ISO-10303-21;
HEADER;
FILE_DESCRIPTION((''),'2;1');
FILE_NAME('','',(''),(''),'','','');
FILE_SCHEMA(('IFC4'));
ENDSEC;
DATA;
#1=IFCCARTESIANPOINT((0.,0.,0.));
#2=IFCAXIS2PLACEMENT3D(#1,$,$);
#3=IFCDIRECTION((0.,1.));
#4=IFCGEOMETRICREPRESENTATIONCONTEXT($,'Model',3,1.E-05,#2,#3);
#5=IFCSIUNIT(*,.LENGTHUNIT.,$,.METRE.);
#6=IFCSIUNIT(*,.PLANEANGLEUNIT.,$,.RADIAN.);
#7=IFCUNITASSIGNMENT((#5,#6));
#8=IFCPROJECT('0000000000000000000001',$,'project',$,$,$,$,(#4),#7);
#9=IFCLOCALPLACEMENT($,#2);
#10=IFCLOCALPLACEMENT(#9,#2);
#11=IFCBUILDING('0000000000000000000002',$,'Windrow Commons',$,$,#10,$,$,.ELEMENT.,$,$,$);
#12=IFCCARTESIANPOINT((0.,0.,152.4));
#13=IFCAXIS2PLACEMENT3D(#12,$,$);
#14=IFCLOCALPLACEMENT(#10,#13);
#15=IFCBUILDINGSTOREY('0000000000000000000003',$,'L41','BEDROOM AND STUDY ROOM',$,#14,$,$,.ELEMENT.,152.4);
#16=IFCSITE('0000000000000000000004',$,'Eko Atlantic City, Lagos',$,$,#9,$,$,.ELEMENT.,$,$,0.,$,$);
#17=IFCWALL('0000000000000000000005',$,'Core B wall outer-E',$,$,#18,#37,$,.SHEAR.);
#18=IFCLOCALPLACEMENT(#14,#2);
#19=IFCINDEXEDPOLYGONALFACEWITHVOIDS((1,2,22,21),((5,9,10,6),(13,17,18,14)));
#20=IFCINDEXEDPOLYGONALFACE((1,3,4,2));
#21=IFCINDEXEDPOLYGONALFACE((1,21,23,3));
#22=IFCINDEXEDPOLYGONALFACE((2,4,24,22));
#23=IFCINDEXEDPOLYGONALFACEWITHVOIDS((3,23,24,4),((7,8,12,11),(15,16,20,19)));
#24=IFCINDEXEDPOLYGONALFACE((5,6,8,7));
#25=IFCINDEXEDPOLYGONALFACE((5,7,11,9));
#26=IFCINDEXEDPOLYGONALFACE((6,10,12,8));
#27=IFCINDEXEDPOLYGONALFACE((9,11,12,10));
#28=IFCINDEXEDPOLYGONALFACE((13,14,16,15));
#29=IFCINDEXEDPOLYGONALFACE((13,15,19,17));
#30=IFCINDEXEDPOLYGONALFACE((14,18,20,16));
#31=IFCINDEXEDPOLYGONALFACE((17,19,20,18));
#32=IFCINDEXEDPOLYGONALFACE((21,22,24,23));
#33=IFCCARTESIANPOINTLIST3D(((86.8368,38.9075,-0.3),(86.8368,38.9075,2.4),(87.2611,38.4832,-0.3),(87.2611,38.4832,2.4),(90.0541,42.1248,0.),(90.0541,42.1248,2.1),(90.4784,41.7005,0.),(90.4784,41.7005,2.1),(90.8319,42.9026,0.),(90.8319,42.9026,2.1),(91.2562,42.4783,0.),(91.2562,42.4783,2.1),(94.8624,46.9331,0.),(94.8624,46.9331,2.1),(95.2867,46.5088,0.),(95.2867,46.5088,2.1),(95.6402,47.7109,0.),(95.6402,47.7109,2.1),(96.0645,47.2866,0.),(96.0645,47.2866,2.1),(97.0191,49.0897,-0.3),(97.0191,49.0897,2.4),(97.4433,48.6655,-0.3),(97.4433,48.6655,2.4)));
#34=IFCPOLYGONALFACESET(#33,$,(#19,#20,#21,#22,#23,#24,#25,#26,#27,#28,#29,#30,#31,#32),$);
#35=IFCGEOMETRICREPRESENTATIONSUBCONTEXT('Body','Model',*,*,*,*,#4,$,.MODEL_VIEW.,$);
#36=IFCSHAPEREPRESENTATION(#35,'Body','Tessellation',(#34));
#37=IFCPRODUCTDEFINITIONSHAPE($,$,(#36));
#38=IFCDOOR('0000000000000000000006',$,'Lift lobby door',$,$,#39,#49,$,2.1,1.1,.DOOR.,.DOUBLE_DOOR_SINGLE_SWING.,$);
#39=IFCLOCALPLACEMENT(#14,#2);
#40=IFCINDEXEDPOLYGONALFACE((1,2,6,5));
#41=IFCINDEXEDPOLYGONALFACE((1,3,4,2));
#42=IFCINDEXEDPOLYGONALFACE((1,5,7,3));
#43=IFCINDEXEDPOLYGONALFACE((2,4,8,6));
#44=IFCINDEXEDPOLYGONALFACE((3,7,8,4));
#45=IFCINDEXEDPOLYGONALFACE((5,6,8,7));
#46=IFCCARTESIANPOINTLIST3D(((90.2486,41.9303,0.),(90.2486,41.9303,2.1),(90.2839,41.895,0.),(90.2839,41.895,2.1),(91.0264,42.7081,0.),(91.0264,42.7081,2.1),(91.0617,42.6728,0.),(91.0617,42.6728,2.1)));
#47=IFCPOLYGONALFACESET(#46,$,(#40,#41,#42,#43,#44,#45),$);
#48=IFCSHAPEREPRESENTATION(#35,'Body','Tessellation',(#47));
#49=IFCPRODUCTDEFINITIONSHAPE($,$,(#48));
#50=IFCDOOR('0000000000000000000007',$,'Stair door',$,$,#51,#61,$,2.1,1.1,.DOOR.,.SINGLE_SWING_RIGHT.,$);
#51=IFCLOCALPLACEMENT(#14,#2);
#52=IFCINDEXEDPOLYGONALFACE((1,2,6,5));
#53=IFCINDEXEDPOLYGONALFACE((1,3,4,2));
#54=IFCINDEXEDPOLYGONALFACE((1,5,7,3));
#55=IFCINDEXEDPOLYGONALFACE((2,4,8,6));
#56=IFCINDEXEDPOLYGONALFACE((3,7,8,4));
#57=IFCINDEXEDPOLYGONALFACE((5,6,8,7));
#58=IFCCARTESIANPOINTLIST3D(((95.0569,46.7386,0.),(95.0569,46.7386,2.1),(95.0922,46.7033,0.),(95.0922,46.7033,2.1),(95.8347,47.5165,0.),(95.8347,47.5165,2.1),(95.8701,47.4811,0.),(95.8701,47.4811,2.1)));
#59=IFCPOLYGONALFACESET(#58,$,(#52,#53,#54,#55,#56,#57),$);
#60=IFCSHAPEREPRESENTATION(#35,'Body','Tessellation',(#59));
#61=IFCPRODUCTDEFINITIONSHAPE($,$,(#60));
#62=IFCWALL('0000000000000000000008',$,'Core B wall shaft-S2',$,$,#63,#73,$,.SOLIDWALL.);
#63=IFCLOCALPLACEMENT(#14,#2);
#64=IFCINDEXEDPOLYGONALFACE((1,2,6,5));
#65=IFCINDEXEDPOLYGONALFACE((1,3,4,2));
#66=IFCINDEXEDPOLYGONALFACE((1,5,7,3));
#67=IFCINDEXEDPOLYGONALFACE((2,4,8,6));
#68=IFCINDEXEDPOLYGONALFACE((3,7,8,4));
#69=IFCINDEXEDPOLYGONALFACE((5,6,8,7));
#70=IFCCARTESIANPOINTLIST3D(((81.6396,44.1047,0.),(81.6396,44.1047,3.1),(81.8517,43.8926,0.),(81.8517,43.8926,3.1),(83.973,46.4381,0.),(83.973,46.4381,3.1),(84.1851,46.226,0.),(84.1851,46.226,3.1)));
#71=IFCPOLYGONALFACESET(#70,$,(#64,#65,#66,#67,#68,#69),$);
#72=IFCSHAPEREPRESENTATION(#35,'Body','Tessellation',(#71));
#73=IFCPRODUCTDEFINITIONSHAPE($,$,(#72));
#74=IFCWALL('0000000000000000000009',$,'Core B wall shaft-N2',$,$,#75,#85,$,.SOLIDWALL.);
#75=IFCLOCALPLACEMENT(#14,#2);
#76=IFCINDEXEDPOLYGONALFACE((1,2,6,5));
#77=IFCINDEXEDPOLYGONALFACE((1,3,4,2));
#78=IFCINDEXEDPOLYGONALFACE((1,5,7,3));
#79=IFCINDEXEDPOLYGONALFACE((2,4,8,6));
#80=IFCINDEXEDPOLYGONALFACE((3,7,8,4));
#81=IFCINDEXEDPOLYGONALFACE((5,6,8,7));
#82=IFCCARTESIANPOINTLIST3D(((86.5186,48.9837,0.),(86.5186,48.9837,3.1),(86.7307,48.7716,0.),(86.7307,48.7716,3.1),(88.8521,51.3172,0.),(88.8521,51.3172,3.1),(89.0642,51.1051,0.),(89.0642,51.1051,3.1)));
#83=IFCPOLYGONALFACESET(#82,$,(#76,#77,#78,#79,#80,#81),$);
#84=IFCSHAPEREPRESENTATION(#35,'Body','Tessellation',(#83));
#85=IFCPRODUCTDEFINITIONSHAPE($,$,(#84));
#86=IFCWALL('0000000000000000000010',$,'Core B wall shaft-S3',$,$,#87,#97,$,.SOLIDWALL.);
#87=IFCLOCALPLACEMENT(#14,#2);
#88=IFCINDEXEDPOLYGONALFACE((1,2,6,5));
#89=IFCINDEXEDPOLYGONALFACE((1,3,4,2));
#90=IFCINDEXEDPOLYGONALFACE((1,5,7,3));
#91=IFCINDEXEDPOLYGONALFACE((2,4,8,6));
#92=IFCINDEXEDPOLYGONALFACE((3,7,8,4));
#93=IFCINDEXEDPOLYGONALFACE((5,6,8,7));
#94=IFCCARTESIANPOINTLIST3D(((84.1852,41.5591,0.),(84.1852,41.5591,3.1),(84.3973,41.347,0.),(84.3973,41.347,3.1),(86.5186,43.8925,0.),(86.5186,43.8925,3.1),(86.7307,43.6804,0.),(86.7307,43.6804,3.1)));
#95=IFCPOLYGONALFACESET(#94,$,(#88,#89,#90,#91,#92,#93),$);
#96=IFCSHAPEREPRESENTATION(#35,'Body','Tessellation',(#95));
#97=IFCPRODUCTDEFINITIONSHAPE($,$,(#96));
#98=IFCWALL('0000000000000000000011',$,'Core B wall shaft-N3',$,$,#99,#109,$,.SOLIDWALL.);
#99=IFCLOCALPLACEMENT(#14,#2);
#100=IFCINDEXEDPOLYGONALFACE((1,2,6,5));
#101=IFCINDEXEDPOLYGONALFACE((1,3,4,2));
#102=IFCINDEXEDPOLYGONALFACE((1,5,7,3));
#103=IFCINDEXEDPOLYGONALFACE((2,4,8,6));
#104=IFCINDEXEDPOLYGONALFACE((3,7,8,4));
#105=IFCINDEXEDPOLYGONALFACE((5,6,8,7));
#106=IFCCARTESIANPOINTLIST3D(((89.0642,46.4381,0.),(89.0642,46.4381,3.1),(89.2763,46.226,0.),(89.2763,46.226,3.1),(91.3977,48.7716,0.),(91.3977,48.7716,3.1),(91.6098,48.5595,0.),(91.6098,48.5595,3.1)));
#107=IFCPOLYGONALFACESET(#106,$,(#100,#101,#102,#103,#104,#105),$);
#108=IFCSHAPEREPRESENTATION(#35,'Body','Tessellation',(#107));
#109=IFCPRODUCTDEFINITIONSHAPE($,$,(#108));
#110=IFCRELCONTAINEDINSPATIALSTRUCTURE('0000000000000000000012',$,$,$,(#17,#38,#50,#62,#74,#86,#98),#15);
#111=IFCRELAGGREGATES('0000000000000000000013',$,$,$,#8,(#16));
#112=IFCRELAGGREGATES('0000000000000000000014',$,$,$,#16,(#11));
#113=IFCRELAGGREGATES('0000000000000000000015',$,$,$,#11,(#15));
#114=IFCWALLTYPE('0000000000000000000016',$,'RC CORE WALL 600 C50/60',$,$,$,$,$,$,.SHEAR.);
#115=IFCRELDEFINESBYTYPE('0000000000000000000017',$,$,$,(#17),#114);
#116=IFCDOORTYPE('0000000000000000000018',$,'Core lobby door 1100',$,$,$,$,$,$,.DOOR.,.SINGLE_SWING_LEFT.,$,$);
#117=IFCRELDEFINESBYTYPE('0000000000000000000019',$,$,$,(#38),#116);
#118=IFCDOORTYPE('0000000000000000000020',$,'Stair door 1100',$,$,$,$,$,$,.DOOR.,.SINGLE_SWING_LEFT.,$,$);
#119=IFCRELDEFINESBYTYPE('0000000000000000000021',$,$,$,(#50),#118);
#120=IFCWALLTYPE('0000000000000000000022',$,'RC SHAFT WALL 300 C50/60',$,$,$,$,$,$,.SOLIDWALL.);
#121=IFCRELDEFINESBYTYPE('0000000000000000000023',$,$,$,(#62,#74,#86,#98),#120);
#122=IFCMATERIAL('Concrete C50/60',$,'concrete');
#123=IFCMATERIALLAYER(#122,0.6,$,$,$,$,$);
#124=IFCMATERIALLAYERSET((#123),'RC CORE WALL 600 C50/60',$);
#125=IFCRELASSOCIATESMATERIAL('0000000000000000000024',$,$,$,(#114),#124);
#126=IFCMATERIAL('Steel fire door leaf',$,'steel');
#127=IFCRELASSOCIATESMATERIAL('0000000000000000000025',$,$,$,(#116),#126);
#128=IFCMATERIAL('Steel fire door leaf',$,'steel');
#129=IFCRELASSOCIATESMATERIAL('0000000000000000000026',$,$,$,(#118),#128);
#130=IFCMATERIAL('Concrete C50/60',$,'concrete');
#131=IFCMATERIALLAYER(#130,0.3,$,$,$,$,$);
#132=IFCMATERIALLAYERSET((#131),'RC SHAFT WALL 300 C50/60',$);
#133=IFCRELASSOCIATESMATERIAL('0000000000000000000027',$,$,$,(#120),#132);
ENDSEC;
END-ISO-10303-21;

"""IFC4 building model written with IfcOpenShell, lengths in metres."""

from ifc_helpers import new_model, si_unit, direction, frame, frame_2d, origin, place, context, subcontext, project, spatial, rectangle, extrude, material, layer, layer_set, type_object, element, fill, save


model = new_model("IFC4")

# Units and contexts
model_context = context("Model", 3, precision=1e-05, world=origin(), true_north=direction((0.0, 1.0)))
body_context = subcontext(model_context, "Body", "Model", "MODEL_VIEW")
ifc_project = project(units=[si_unit("LENGTHUNIT", "METRE"), si_unit("PLANEANGLEUNIT", "RADIAN")], contexts=[model_context])

# Site, building, storey
site_placement = place(None, origin())
site = spatial("IfcSite", under=ifc_project, at=site_placement, Name="Eko Atlantic City, Lagos", CompositionType="ELEMENT", RefElevation=0.0)
building_placement = place(site_placement, origin())
building = spatial("IfcBuilding", under=site, at=building_placement, Name="Windrow Commons", CompositionType="ELEMENT")
storey_placement = place(building_placement, frame((0.0, 0.0, 152.4)))
storey = spatial("IfcBuildingStorey", under=building, at=storey_placement, Name="L41", Description="BEDROOM AND STUDY ROOM", CompositionType="ELEMENT", Elevation=152.4)

# Wall, openings, doors
ifc_material_1 = material(Name="Concrete C50/60", Category="concrete")
ifc_layer_1 = layer(ifc_material_1, 0.6)
ifc_layer_set_1 = layer_set([ifc_layer_1], Name="RC CORE WALL 600 C50/60")
wall_type_1 = type_object("IfcWallType", Name="RC CORE WALL 600 C50/60", PredefinedType="SHEAR", material=ifc_layer_set_1)
wall_1_placement = place(storey_placement, frame((87.0489, 38.6953, -0.3), z_axis=(0.0, 0.0, 1.0), x_axis=(0.707107, 0.707107, 0.0)))
wall_1 = element("IfcWall", 1, at=wall_1_placement, inside=storey, type_object=wall_type_1, Name="Core B wall outer-E", PredefinedType="SHEAR", context=body_context, shape_type="SweptSolid", body=[
    extrude(rectangle(XDim=14.3999, YDim=0.6, at=frame_2d((7.2, 0.0))), origin(), (0.0, 0.0, 1.0), 2.7),
])
opening_1_placement = place(wall_1_placement, frame((4.55, 0.0, 0.3)))
opening_1 = element("IfcOpeningElement", 2, at=opening_1_placement, cuts=wall_1, PredefinedType="OPENING", context=body_context, shape_type="SweptSolid", body=[
    extrude(rectangle(XDim=1.1, YDim=2.1, at=frame_2d((0.55, 1.05))), frame((0.0, 0.31, 0.0), z_axis=(0.0, -1.0, 0.0), x_axis=(1.0, 0.0, 0.0)), (0.0, 0.0, 1.0), 0.62),
])
opening_2_placement = place(wall_1_placement, frame((11.35, 0.0, 0.3)))
opening_2 = element("IfcOpeningElement", 3, at=opening_2_placement, cuts=wall_1, PredefinedType="OPENING", context=body_context, shape_type="SweptSolid", body=[
    extrude(rectangle(XDim=1.1, YDim=2.1, at=frame_2d((0.55, 1.05))), frame((0.0, 0.31, 0.0), z_axis=(0.0, -1.0, 0.0), x_axis=(1.0, 0.0, 0.0)), (0.0, 0.0, 1.0), 0.62),
])
ifc_material_2 = material(Name="Steel fire door leaf", Category="steel")
door_type_1 = type_object("IfcDoorType", Name="Core lobby door 1100", OperationType="SINGLE_SWING_LEFT", PredefinedType="DOOR", material=ifc_material_2)
door_1_placement = place(opening_1_placement, origin())
door_1 = element("IfcDoor", 4, at=door_1_placement, inside=storey, type_object=door_type_1, Name="Lift lobby door", OperationType="DOUBLE_DOOR_SINGLE_SWING", OverallHeight=2.1, OverallWidth=1.1, PredefinedType="DOOR", context=body_context, shape_type="SweptSolid", body=[
    extrude(rectangle(XDim=1.1, YDim=2.1, at=frame_2d((0.55, 1.05))), frame((0.0, 0.025, 0.0), z_axis=(0.0, -1.0, 0.0), x_axis=(1.0, 0.0, 0.0)), (0.0, 0.0, 1.0), 0.05),
])
fill(opening_1, door_1)
ifc_material_3 = material(Name="Steel fire door leaf", Category="steel")
door_type_2 = type_object("IfcDoorType", Name="Stair door 1100", OperationType="SINGLE_SWING_LEFT", PredefinedType="DOOR", material=ifc_material_3)
door_2_placement = place(opening_2_placement, origin())
door_2 = element("IfcDoor", 5, at=door_2_placement, inside=storey, type_object=door_type_2, Name="Stair door", OperationType="SINGLE_SWING_RIGHT", OverallHeight=2.1, OverallWidth=1.1, PredefinedType="DOOR", context=body_context, shape_type="SweptSolid", body=[
    extrude(rectangle(XDim=1.1, YDim=2.1, at=frame_2d((0.55, 1.05))), frame((0.0, 0.025, 0.0), z_axis=(0.0, -1.0, 0.0), x_axis=(1.0, 0.0, 0.0)), (0.0, 0.0, 1.0), 0.05),
])
fill(opening_2, door_2)

# Walls
ifc_material_4 = material(Name="Concrete C50/60", Category="concrete")
ifc_layer_2 = layer(ifc_material_4, 0.3)
ifc_layer_set_2 = layer_set([ifc_layer_2], Name="RC SHAFT WALL 300 C50/60")
wall_type_2 = type_object("IfcWallType", Name="RC SHAFT WALL 300 C50/60", PredefinedType="SOLIDWALL", material=ifc_layer_set_2)
wall_2_placement = place(storey_placement, frame((81.7456, 43.9986, 0.0), z_axis=(0.0, 0.0, 1.0), x_axis=(0.707107, 0.707107, 0.0)))
element("IfcWall", 6, at=wall_2_placement, inside=storey, type_object=wall_type_2, Name="Core B wall shaft-S2", PredefinedType="SOLIDWALL", context=body_context, shape_type="SweptSolid", body=[
    extrude(rectangle(XDim=3.2999, YDim=0.3, at=frame_2d((1.65, 0.0))), origin(), (0.0, 0.0, 1.0), 3.1),
])
wall_3_placement = place(storey_placement, frame((86.6246, 48.8776, 0.0), z_axis=(0.0, 0.0, 1.0), x_axis=(0.707107, 0.707107, 0.0)))
element("IfcWall", 7, at=wall_3_placement, inside=storey, type_object=wall_type_2, Name="Core B wall shaft-N2", PredefinedType="SOLIDWALL", context=body_context, shape_type="SweptSolid", body=[
    extrude(rectangle(XDim=3.3001, YDim=0.3, at=frame_2d((1.6501, 0.0))), origin(), (0.0, 0.0, 1.0), 3.1),
])
wall_4_placement = place(storey_placement, frame((84.2912, 41.453, 0.0), z_axis=(0.0, 0.0, 1.0), x_axis=(0.707107, 0.707107, 0.0)))
element("IfcWall", 8, at=wall_4_placement, inside=storey, type_object=wall_type_2, Name="Core B wall shaft-S3", PredefinedType="SOLIDWALL", context=body_context, shape_type="SweptSolid", body=[
    extrude(rectangle(XDim=3.2999, YDim=0.3, at=frame_2d((1.65, 0.0))), origin(), (0.0, 0.0, 1.0), 3.1),
])
wall_5_placement = place(storey_placement, frame((89.1702, 46.332, 0.0), z_axis=(0.0, 0.0, 1.0), x_axis=(0.707107, 0.707107, 0.0)))
element("IfcWall", 9, at=wall_5_placement, inside=storey, type_object=wall_type_2, Name="Core B wall shaft-N3", PredefinedType="SOLIDWALL", context=body_context, shape_type="SweptSolid", body=[
    extrude(rectangle(XDim=3.3001, YDim=0.3, at=frame_2d((1.6501, 0.0))), origin(), (0.0, 0.0, 1.0), 3.1),
])

save(model, "model.ifc")
